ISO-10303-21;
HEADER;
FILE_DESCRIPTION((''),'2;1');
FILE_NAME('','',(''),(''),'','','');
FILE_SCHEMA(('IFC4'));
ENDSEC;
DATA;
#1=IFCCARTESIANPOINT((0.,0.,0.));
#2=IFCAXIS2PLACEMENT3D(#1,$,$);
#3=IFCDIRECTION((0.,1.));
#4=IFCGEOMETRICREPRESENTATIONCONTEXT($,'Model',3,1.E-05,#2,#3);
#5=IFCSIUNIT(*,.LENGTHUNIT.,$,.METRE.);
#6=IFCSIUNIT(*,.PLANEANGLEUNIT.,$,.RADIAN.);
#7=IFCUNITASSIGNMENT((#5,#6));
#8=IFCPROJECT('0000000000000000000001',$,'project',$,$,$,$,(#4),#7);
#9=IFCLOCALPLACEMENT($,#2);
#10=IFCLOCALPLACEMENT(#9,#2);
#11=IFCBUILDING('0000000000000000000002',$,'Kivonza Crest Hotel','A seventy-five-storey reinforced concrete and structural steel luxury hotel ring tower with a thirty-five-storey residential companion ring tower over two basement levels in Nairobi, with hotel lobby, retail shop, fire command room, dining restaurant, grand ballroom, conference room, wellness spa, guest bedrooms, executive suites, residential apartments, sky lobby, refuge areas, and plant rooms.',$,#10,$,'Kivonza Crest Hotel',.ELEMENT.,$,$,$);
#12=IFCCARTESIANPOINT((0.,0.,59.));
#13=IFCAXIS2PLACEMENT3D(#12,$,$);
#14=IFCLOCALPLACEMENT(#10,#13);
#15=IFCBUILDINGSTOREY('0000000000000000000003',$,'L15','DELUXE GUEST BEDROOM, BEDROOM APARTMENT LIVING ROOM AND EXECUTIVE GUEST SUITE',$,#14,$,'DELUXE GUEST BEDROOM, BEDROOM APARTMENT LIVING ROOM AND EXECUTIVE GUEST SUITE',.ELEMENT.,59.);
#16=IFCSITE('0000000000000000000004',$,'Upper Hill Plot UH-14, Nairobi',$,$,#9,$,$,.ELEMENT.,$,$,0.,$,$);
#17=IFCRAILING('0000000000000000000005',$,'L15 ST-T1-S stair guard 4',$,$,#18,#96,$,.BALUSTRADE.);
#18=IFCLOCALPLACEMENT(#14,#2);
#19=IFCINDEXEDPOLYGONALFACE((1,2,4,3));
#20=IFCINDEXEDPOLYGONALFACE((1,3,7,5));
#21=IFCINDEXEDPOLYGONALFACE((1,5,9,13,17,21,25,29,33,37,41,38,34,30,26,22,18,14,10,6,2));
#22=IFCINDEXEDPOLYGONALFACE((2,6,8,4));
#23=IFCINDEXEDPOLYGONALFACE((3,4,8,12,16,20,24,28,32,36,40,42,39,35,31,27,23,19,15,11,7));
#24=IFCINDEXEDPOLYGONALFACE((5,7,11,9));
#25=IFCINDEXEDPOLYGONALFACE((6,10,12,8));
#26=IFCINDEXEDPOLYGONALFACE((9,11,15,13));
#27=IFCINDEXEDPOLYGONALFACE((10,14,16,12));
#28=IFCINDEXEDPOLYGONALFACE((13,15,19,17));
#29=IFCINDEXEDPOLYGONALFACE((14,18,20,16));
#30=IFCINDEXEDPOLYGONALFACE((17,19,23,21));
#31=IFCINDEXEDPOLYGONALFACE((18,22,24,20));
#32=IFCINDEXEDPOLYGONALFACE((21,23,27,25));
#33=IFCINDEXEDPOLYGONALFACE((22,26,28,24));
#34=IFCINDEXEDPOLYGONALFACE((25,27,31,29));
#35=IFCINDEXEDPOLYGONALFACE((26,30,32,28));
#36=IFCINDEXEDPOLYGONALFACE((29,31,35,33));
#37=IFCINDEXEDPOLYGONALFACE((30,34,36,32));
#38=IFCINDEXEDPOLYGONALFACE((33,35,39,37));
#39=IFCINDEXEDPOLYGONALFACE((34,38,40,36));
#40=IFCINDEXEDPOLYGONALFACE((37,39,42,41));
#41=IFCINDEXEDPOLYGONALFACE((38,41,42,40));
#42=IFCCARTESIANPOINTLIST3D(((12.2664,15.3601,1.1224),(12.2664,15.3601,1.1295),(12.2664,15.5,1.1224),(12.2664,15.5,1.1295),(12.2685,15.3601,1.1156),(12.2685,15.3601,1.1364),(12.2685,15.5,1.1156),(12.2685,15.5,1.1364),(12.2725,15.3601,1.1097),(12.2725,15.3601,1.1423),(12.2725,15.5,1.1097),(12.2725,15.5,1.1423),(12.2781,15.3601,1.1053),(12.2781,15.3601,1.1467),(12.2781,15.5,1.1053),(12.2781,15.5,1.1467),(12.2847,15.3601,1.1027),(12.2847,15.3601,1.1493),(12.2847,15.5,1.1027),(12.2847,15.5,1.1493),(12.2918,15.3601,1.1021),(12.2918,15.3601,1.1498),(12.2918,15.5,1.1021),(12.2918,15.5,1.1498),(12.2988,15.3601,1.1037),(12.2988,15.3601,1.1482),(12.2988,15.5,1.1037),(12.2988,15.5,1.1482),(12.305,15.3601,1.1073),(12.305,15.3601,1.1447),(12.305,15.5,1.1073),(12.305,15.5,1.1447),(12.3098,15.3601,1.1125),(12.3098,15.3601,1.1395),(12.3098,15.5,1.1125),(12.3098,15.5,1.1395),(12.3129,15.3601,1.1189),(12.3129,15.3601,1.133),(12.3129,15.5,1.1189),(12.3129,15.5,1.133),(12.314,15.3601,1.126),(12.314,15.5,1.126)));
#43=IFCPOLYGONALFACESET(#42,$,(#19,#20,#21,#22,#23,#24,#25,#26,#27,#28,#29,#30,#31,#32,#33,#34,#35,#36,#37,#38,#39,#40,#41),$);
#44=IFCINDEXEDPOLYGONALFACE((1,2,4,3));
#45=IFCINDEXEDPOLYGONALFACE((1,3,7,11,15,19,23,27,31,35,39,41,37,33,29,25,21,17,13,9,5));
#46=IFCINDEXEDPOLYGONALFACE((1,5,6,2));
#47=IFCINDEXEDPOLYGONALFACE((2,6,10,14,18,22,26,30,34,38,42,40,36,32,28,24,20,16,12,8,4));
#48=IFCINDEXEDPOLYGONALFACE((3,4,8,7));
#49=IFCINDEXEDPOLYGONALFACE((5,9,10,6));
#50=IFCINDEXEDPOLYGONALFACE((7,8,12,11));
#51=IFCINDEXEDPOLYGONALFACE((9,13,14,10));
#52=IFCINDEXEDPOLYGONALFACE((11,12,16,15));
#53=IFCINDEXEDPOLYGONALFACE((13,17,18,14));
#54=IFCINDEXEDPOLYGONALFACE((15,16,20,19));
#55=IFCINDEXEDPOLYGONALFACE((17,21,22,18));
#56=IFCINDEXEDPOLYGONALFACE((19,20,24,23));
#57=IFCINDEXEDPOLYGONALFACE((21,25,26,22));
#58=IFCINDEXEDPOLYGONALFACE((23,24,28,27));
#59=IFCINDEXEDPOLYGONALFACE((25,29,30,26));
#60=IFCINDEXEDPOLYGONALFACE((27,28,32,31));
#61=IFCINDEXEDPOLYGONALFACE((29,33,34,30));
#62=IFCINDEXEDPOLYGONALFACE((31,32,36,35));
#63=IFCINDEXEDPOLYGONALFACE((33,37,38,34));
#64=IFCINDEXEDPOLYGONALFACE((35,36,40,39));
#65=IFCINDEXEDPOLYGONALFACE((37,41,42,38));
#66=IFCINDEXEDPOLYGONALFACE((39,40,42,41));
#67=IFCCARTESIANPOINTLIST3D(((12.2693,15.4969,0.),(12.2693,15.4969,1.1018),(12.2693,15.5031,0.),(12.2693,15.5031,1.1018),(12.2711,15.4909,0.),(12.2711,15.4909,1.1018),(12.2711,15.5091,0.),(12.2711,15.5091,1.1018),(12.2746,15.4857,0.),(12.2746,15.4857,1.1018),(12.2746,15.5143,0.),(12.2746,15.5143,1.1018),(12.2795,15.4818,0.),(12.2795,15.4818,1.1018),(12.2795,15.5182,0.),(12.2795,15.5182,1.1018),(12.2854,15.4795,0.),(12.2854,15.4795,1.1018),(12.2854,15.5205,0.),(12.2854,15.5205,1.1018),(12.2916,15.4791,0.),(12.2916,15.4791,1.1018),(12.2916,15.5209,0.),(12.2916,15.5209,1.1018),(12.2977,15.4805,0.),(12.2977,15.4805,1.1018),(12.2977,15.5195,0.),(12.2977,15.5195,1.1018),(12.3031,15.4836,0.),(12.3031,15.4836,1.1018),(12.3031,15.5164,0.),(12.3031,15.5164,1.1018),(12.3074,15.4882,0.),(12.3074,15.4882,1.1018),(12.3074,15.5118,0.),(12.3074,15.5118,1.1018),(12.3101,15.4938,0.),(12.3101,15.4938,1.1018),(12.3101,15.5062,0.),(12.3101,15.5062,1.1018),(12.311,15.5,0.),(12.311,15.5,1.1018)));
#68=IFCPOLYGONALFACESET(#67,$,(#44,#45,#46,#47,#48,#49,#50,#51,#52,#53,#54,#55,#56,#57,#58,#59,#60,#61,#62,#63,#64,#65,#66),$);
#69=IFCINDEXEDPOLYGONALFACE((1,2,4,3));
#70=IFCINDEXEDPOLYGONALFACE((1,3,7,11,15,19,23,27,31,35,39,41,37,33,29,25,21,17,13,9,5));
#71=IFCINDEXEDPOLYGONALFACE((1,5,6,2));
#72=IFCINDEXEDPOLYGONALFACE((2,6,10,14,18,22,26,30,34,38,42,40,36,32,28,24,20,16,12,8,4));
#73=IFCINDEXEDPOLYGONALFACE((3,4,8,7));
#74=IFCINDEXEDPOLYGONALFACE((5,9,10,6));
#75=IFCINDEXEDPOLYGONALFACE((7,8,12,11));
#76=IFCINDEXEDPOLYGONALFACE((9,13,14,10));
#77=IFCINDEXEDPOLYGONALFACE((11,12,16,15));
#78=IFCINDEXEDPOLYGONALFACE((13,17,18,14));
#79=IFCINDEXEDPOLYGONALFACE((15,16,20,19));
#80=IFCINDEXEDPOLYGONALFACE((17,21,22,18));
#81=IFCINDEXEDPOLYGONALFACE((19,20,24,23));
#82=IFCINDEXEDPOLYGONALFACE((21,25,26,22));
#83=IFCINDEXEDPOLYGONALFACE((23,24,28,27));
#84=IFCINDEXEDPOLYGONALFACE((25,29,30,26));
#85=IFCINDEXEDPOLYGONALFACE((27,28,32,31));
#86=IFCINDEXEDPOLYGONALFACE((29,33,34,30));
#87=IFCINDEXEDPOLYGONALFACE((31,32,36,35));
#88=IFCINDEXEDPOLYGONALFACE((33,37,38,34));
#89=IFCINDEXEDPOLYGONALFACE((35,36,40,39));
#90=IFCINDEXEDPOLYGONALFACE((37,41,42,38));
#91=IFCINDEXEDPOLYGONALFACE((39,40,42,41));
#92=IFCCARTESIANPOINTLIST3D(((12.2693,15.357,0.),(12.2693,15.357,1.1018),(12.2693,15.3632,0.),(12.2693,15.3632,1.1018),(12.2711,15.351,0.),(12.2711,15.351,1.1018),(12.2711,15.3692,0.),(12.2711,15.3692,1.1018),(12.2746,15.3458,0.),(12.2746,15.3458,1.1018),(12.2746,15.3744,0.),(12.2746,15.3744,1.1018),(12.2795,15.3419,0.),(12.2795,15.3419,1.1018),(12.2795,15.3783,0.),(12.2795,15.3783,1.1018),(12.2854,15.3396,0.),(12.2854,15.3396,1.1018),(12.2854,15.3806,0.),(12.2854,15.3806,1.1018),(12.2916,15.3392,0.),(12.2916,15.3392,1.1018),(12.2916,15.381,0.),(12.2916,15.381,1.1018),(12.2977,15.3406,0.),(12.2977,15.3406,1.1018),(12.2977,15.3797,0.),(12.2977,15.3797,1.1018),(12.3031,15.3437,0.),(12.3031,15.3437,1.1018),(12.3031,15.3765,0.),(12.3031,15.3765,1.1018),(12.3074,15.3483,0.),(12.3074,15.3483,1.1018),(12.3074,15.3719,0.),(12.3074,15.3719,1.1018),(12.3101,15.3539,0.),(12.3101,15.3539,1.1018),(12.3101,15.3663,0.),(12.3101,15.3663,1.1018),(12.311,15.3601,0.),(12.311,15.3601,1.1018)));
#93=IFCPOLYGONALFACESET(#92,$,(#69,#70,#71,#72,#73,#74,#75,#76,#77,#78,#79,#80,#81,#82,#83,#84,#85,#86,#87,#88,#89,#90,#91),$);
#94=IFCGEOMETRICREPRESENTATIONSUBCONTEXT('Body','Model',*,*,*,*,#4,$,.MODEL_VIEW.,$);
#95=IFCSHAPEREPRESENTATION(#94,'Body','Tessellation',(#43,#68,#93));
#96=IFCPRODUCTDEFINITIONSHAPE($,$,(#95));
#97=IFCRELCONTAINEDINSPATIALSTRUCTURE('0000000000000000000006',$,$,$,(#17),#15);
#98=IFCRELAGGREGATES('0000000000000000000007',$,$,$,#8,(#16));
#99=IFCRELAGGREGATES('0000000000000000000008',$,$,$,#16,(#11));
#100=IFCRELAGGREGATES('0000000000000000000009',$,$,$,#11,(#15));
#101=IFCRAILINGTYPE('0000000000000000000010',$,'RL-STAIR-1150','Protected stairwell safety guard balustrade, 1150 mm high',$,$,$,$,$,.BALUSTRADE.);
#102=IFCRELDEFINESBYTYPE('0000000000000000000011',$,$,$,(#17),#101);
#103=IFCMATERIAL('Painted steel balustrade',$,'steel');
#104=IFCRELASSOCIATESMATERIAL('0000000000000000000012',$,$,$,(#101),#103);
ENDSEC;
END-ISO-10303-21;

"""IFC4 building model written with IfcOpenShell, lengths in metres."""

from ifc_helpers import new_model, si_unit, direction, frame, origin, origin_2d, place, context, subcontext, project, spatial, circle, extrude, material, type_object, element, save


model = new_model("IFC4")

# Units and contexts
model_context = context("Model", 3, precision=1e-05, world=origin(), true_north=direction((0.0, 1.0)))
body_context = subcontext(model_context, "Body", "Model", "MODEL_VIEW")
ifc_project = project(units=[si_unit("LENGTHUNIT", "METRE"), si_unit("PLANEANGLEUNIT", "RADIAN")], contexts=[model_context])

# Site, building, storey
site_placement = place(None, origin())
site = spatial("IfcSite", under=ifc_project, at=site_placement, Name="Upper Hill Plot UH-14, Nairobi", CompositionType="ELEMENT", RefElevation=0.0)
building_placement = place(site_placement, origin())
building = spatial("IfcBuilding", under=site, at=building_placement, Name="Kivonza Crest Hotel", Description="A seventy-five-storey reinforced concrete and structural steel luxury hotel ring tower with a thirty-five-storey residential companion ring tower over two basement levels in Nairobi, with hotel lobby, retail shop, fire command room, dining restaurant, grand ballroom, conference room, wellness spa, guest bedrooms, executive suites, residential apartments, sky lobby, refuge areas, and plant rooms.", LongName="Kivonza Crest Hotel", CompositionType="ELEMENT")
storey_placement = place(building_placement, frame((0.0, 0.0, 59.0)))
storey = spatial("IfcBuildingStorey", under=building, at=storey_placement, Name="L15", Description="DELUXE GUEST BEDROOM, BEDROOM APARTMENT LIVING ROOM AND EXECUTIVE GUEST SUITE", LongName="DELUXE GUEST BEDROOM, BEDROOM APARTMENT LIVING ROOM AND EXECUTIVE GUEST SUITE", CompositionType="ELEMENT", Elevation=59.0)

# Railing
ifc_material_1 = material(Name="Painted steel balustrade", Category="steel")
railing_type_1 = type_object("IfcRailingType", Name="RL-STAIR-1150", Description="Protected stairwell safety guard balustrade, 1150 mm high", PredefinedType="BALUSTRADE", material=ifc_material_1)
railing_1_placement = place(storey_placement, frame((12.29, 15.5, 0.0)))
element("IfcRailing", 1, at=railing_1_placement, inside=storey, type_object=railing_type_1, Name="L15 ST-T1-S stair guard 4", PredefinedType="BALUSTRADE", context=body_context, shape_type="SweptSolid", body=[
    extrude(circle(Radius=0.0239, at=origin_2d()), frame((0.0, 0.0, 1.126), z_axis=(0.0, -1.0, 0.0), x_axis=(1.0, 0.0, 0.0)), (0.0, 0.0, 1.0), 0.1399),
    extrude(circle(Radius=0.021, at=origin_2d()), origin(), (0.0, 0.0, 1.0), 1.1018),
    extrude(circle(Radius=0.021, at=origin_2d()), frame((0.0, -0.1399, 0.0)), (0.0, 0.0, 1.0), 1.1018),
])

save(model, "model.ifc")
